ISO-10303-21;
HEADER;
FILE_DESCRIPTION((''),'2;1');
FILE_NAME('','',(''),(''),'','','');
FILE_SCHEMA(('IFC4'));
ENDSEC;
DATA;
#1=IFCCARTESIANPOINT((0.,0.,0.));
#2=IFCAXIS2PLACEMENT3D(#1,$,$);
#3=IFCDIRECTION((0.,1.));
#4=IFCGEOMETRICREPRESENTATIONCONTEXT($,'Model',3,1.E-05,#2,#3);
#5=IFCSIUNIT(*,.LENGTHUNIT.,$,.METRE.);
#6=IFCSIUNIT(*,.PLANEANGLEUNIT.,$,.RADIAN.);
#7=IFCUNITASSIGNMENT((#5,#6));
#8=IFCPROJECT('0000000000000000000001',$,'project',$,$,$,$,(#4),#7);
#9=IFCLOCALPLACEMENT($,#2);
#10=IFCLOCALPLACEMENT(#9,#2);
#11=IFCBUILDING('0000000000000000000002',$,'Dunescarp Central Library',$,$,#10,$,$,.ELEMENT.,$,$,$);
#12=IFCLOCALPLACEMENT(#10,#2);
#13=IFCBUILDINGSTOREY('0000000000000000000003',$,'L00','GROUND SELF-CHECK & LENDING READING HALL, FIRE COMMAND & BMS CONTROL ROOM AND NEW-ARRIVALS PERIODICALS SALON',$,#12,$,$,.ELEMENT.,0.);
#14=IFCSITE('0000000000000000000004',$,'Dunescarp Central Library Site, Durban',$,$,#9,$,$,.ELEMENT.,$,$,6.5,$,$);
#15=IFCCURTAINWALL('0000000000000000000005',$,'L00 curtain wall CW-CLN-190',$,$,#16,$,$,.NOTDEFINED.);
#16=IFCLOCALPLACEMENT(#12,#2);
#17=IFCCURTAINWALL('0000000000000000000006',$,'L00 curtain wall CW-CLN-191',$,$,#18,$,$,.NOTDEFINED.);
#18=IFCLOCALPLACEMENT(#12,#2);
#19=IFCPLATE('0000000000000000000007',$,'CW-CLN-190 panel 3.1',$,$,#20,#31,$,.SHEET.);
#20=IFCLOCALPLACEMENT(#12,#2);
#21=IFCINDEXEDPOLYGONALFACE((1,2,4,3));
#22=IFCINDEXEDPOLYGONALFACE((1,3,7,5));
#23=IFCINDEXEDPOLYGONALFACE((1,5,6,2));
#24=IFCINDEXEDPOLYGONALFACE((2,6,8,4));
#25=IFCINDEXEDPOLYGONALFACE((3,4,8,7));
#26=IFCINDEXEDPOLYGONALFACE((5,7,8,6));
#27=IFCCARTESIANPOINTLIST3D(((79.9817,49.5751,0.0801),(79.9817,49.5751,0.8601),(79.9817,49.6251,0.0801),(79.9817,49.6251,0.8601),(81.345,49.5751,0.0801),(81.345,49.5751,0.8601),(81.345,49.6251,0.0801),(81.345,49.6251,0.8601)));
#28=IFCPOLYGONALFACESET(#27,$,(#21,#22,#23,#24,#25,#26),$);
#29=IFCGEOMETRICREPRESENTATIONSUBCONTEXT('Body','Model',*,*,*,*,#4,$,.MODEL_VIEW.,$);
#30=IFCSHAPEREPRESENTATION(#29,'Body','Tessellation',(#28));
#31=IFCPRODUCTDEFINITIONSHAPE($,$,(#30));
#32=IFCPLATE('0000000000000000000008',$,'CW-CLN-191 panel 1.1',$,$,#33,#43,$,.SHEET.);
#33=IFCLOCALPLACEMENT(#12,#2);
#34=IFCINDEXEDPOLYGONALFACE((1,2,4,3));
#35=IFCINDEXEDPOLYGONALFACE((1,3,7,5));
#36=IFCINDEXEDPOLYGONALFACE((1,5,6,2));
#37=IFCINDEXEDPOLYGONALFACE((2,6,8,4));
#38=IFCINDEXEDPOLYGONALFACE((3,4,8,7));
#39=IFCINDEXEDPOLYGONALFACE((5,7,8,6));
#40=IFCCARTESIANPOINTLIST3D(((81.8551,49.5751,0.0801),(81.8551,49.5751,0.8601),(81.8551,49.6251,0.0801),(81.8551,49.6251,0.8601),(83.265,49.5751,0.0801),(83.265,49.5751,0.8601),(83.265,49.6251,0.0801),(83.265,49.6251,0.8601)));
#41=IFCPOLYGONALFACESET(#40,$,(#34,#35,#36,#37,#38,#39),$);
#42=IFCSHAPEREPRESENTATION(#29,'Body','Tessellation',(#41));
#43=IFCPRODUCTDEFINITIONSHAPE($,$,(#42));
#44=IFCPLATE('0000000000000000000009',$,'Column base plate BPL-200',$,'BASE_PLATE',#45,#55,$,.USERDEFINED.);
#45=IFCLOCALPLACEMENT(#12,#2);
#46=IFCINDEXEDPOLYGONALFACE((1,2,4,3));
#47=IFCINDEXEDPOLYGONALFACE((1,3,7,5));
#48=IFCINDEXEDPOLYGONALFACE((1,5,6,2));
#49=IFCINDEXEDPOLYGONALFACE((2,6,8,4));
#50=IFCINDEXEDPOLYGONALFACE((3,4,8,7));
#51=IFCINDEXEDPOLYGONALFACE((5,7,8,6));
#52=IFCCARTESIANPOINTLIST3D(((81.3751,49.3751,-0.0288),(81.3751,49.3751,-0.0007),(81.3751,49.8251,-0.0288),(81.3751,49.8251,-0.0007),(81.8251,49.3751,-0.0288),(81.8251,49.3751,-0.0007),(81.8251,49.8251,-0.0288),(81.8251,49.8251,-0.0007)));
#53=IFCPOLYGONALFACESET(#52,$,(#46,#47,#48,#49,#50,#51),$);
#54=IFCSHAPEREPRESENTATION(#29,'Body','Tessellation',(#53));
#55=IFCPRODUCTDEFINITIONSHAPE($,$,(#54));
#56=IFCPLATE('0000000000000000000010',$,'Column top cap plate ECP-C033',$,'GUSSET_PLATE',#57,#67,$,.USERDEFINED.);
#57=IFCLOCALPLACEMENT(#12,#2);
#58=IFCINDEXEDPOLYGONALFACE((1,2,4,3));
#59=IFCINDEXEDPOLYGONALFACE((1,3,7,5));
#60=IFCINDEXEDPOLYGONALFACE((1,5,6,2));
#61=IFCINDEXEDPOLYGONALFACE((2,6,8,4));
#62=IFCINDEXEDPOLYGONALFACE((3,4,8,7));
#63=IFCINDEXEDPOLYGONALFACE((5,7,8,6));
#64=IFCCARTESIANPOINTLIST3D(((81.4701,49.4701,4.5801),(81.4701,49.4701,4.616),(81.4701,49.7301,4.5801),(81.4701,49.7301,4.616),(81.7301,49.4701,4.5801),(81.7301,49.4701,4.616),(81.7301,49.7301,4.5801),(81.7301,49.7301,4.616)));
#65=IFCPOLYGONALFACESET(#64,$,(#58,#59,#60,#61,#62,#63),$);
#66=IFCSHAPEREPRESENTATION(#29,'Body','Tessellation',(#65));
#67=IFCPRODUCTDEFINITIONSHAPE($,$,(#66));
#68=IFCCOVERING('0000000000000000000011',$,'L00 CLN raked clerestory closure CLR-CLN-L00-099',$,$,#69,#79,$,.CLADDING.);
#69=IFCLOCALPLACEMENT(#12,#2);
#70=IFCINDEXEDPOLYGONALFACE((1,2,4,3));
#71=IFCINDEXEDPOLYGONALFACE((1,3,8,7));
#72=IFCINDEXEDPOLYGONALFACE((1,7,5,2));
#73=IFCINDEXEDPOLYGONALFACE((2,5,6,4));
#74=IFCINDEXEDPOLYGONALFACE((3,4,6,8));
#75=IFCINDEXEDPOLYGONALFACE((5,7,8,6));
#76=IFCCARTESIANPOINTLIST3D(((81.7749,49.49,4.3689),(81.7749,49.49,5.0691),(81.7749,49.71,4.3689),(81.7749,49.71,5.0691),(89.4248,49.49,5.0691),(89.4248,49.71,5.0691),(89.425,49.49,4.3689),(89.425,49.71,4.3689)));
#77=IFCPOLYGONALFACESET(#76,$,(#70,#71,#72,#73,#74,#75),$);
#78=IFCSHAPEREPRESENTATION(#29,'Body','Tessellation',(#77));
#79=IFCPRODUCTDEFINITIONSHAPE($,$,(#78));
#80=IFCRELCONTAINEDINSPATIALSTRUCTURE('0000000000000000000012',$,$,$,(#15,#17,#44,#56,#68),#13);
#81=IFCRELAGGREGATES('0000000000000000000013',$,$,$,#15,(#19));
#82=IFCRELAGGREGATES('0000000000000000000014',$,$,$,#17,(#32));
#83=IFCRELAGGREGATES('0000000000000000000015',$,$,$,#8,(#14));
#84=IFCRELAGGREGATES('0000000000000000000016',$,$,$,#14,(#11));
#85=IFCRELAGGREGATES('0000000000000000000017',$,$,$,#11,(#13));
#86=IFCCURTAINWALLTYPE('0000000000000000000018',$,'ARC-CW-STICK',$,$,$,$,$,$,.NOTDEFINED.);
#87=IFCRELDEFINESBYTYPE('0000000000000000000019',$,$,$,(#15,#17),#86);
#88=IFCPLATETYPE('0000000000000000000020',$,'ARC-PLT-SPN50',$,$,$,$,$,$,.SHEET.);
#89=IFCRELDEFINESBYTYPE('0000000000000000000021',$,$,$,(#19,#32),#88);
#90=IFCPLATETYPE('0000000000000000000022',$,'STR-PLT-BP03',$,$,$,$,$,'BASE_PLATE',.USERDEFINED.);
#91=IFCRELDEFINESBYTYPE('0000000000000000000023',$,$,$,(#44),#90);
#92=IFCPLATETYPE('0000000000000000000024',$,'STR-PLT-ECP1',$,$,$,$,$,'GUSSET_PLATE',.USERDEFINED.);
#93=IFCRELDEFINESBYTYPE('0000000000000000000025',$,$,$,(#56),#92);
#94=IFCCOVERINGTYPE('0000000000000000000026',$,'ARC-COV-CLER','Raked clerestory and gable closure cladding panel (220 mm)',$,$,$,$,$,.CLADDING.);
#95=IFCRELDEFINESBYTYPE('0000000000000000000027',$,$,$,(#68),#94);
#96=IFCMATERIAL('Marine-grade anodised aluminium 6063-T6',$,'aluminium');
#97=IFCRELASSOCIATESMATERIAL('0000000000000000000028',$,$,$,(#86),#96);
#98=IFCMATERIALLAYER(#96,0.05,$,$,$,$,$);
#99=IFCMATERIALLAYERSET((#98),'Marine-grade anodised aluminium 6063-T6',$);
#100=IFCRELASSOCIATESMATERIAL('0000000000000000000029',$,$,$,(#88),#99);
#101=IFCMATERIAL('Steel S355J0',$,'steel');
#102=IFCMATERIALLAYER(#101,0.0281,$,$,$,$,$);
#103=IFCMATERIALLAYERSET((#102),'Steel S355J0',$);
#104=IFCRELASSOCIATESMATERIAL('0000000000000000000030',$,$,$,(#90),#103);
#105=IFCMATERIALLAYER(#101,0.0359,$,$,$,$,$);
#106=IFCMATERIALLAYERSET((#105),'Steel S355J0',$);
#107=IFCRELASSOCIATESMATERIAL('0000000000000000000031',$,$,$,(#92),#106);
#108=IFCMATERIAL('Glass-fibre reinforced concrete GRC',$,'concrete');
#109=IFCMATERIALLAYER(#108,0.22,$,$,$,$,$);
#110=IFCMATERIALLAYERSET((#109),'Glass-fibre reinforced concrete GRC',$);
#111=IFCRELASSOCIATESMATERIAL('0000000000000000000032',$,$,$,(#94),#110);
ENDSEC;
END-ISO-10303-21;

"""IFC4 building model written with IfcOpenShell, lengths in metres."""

from ifc_helpers import new_model, si_unit, direction, frame, origin, origin_2d, place, context, subcontext, project, spatial, polyline, rectangle, outline, extrude, material, layer, layer_set, type_object, element, aggregate, save


model = new_model("IFC4")

# Units and contexts
model_context = context("Model", 3, precision=1e-05, world=origin(), true_north=direction((0.0, 1.0)))
body_context = subcontext(model_context, "Body", "Model", "MODEL_VIEW")
ifc_project = project(units=[si_unit("LENGTHUNIT", "METRE"), si_unit("PLANEANGLEUNIT", "RADIAN")], contexts=[model_context])

# Site, building, storey
site_placement = place(None, origin())
site = spatial("IfcSite", under=ifc_project, at=site_placement, Name="Dunescarp Central Library Site, Durban", CompositionType="ELEMENT", RefElevation=6.5)
building_placement = place(site_placement, origin())
building = spatial("IfcBuilding", under=site, at=building_placement, Name="Dunescarp Central Library", CompositionType="ELEMENT")
storey_placement = place(building_placement, origin())
storey = spatial("IfcBuildingStorey", under=building, at=storey_placement, Name="L00", Description="GROUND SELF-CHECK & LENDING READING HALL, FIRE COMMAND & BMS CONTROL ROOM AND NEW-ARRIVALS PERIODICALS SALON", CompositionType="ELEMENT", Elevation=0.0)

# Shared definitions
ifc_material_1 = material(Name="Steel S355J0", Category="steel")

# Curtain walls
ifc_material_2 = material(Name="Marine-grade anodised aluminium 6063-T6", Category="aluminium")
curtain_wall_type = type_object("IfcCurtainWallType", Name="ARC-CW-STICK", PredefinedType="NOTDEFINED", material=ifc_material_2)
curtain_wall_1_placement = place(storey_placement, origin())
curtain_wall_1 = element("IfcCurtainWall", 1, at=curtain_wall_1_placement, inside=storey, type_object=curtain_wall_type, Name="L00 curtain wall CW-CLN-190", PredefinedType="NOTDEFINED")
curtain_wall_2_placement = place(storey_placement, origin())
curtain_wall_2 = element("IfcCurtainWall", 2, at=curtain_wall_2_placement, inside=storey, type_object=curtain_wall_type, Name="L00 curtain wall CW-CLN-191", PredefinedType="NOTDEFINED")

# Plates
ifc_layer_1 = layer(ifc_material_2, 0.05)
ifc_layer_set_1 = layer_set([ifc_layer_1], Name="Marine-grade anodised aluminium 6063-T6")
plate_type_1 = type_object("IfcPlateType", Name="ARC-PLT-SPN50", PredefinedType="SHEET", material=ifc_layer_set_1)
plate_1_placement = place(storey_placement, frame((80.6633, 49.6001, 0.0801), z_axis=(0.0, 0.0, 1.0), x_axis=(1.0, 0.0, 0.0)))
plate_1 = element("IfcPlate", 3, at=plate_1_placement, type_object=plate_type_1, Name="CW-CLN-190 panel 3.1", PredefinedType="SHEET", context=body_context, shape_type="SweptSolid", body=[
    extrude(rectangle(XDim=1.3633, YDim=0.05, at=origin_2d()), origin(), (0.0, 0.0, 1.0), 0.78),
])
aggregate(curtain_wall_1, [plate_1])
plate_2_placement = place(storey_placement, frame((82.5601, 49.6001, 0.0801), z_axis=(0.0, 0.0, 1.0), x_axis=(1.0, 0.0, 0.0)))
plate_2 = element("IfcPlate", 4, at=plate_2_placement, type_object=plate_type_1, Name="CW-CLN-191 panel 1.1", PredefinedType="SHEET", context=body_context, shape_type="SweptSolid", body=[
    extrude(rectangle(XDim=1.4099, YDim=0.05, at=origin_2d()), origin(), (0.0, 0.0, 1.0), 0.78),
])
aggregate(curtain_wall_2, [plate_2])

# Plates
ifc_layer_2 = layer(ifc_material_1, 0.0281)
ifc_layer_set_2 = layer_set([ifc_layer_2], Name="Steel S355J0")
plate_type_2 = type_object("IfcPlateType", Name="STR-PLT-BP03", ElementType="BASE_PLATE", PredefinedType="USERDEFINED", material=ifc_layer_set_2)
plate_3_placement = place(storey_placement, frame((81.6001, 49.6001, -0.0288), z_axis=(0.0, 0.0, 1.0), x_axis=(1.0, 0.0, 0.0)))
element("IfcPlate", 5, at=plate_3_placement, inside=storey, type_object=plate_type_2, Name="Column base plate BPL-200", ObjectType="BASE_PLATE", PredefinedType="USERDEFINED", context=body_context, shape_type="SweptSolid", body=[
    extrude(rectangle(XDim=0.45, YDim=0.45, at=origin_2d()), origin(), (0.0, 0.0, 1.0), 0.0281),
])
ifc_layer_3 = layer(ifc_material_1, 0.0359)
ifc_layer_set_3 = layer_set([ifc_layer_3], Name="Steel S355J0")
plate_type_3 = type_object("IfcPlateType", Name="STR-PLT-ECP1", ElementType="GUSSET_PLATE", PredefinedType="USERDEFINED", material=ifc_layer_set_3)
plate_4_placement = place(storey_placement, frame((81.6001, 49.6001, 4.5801), z_axis=(0.0, 0.0, 1.0), x_axis=(1.0, 0.0, 0.0)))
element("IfcPlate", 6, at=plate_4_placement, inside=storey, type_object=plate_type_3, Name="Column top cap plate ECP-C033", ObjectType="GUSSET_PLATE", PredefinedType="USERDEFINED", context=body_context, shape_type="SweptSolid", body=[
    extrude(rectangle(XDim=0.26, YDim=0.26, at=origin_2d()), origin(), (0.0, 0.0, 1.0), 0.0359),
])

# Covering
ifc_material_3 = material(Name="Glass-fibre reinforced concrete GRC", Category="concrete")
ifc_layer_4 = layer(ifc_material_3, 0.22)
ifc_layer_set_4 = layer_set([ifc_layer_4], Name="Glass-fibre reinforced concrete GRC")
covering_type = type_object("IfcCoveringType", Name="ARC-COV-CLER", Description="Raked clerestory and gable closure cladding panel (220 mm)", PredefinedType="CLADDING", material=ifc_layer_set_4)
covering_placement = place(storey_placement, frame((81.7749, 49.6001, 4.3689), z_axis=(0.0, 0.0, 1.0), x_axis=(1.0, 0.0, 0.0)))
element("IfcCovering", 7, at=covering_placement, inside=storey, type_object=covering_type, Name="L00 CLN raked clerestory closure CLR-CLN-L00-099", PredefinedType="CLADDING", context=body_context, shape_type="SweptSolid", body=[
    extrude(outline(polyline([(0.0, 0.0), (7.6501, 0.0), (7.6499, 0.7002), (0.0, 0.7002), (0.0, 0.0)])), frame((0.0, 0.1099, 0.0), z_axis=(0.0, -1.0, 0.0), x_axis=(1.0, 0.0, 0.0)), (0.0, 0.0, 1.0), 0.22),
])

save(model, "model.ifc")
